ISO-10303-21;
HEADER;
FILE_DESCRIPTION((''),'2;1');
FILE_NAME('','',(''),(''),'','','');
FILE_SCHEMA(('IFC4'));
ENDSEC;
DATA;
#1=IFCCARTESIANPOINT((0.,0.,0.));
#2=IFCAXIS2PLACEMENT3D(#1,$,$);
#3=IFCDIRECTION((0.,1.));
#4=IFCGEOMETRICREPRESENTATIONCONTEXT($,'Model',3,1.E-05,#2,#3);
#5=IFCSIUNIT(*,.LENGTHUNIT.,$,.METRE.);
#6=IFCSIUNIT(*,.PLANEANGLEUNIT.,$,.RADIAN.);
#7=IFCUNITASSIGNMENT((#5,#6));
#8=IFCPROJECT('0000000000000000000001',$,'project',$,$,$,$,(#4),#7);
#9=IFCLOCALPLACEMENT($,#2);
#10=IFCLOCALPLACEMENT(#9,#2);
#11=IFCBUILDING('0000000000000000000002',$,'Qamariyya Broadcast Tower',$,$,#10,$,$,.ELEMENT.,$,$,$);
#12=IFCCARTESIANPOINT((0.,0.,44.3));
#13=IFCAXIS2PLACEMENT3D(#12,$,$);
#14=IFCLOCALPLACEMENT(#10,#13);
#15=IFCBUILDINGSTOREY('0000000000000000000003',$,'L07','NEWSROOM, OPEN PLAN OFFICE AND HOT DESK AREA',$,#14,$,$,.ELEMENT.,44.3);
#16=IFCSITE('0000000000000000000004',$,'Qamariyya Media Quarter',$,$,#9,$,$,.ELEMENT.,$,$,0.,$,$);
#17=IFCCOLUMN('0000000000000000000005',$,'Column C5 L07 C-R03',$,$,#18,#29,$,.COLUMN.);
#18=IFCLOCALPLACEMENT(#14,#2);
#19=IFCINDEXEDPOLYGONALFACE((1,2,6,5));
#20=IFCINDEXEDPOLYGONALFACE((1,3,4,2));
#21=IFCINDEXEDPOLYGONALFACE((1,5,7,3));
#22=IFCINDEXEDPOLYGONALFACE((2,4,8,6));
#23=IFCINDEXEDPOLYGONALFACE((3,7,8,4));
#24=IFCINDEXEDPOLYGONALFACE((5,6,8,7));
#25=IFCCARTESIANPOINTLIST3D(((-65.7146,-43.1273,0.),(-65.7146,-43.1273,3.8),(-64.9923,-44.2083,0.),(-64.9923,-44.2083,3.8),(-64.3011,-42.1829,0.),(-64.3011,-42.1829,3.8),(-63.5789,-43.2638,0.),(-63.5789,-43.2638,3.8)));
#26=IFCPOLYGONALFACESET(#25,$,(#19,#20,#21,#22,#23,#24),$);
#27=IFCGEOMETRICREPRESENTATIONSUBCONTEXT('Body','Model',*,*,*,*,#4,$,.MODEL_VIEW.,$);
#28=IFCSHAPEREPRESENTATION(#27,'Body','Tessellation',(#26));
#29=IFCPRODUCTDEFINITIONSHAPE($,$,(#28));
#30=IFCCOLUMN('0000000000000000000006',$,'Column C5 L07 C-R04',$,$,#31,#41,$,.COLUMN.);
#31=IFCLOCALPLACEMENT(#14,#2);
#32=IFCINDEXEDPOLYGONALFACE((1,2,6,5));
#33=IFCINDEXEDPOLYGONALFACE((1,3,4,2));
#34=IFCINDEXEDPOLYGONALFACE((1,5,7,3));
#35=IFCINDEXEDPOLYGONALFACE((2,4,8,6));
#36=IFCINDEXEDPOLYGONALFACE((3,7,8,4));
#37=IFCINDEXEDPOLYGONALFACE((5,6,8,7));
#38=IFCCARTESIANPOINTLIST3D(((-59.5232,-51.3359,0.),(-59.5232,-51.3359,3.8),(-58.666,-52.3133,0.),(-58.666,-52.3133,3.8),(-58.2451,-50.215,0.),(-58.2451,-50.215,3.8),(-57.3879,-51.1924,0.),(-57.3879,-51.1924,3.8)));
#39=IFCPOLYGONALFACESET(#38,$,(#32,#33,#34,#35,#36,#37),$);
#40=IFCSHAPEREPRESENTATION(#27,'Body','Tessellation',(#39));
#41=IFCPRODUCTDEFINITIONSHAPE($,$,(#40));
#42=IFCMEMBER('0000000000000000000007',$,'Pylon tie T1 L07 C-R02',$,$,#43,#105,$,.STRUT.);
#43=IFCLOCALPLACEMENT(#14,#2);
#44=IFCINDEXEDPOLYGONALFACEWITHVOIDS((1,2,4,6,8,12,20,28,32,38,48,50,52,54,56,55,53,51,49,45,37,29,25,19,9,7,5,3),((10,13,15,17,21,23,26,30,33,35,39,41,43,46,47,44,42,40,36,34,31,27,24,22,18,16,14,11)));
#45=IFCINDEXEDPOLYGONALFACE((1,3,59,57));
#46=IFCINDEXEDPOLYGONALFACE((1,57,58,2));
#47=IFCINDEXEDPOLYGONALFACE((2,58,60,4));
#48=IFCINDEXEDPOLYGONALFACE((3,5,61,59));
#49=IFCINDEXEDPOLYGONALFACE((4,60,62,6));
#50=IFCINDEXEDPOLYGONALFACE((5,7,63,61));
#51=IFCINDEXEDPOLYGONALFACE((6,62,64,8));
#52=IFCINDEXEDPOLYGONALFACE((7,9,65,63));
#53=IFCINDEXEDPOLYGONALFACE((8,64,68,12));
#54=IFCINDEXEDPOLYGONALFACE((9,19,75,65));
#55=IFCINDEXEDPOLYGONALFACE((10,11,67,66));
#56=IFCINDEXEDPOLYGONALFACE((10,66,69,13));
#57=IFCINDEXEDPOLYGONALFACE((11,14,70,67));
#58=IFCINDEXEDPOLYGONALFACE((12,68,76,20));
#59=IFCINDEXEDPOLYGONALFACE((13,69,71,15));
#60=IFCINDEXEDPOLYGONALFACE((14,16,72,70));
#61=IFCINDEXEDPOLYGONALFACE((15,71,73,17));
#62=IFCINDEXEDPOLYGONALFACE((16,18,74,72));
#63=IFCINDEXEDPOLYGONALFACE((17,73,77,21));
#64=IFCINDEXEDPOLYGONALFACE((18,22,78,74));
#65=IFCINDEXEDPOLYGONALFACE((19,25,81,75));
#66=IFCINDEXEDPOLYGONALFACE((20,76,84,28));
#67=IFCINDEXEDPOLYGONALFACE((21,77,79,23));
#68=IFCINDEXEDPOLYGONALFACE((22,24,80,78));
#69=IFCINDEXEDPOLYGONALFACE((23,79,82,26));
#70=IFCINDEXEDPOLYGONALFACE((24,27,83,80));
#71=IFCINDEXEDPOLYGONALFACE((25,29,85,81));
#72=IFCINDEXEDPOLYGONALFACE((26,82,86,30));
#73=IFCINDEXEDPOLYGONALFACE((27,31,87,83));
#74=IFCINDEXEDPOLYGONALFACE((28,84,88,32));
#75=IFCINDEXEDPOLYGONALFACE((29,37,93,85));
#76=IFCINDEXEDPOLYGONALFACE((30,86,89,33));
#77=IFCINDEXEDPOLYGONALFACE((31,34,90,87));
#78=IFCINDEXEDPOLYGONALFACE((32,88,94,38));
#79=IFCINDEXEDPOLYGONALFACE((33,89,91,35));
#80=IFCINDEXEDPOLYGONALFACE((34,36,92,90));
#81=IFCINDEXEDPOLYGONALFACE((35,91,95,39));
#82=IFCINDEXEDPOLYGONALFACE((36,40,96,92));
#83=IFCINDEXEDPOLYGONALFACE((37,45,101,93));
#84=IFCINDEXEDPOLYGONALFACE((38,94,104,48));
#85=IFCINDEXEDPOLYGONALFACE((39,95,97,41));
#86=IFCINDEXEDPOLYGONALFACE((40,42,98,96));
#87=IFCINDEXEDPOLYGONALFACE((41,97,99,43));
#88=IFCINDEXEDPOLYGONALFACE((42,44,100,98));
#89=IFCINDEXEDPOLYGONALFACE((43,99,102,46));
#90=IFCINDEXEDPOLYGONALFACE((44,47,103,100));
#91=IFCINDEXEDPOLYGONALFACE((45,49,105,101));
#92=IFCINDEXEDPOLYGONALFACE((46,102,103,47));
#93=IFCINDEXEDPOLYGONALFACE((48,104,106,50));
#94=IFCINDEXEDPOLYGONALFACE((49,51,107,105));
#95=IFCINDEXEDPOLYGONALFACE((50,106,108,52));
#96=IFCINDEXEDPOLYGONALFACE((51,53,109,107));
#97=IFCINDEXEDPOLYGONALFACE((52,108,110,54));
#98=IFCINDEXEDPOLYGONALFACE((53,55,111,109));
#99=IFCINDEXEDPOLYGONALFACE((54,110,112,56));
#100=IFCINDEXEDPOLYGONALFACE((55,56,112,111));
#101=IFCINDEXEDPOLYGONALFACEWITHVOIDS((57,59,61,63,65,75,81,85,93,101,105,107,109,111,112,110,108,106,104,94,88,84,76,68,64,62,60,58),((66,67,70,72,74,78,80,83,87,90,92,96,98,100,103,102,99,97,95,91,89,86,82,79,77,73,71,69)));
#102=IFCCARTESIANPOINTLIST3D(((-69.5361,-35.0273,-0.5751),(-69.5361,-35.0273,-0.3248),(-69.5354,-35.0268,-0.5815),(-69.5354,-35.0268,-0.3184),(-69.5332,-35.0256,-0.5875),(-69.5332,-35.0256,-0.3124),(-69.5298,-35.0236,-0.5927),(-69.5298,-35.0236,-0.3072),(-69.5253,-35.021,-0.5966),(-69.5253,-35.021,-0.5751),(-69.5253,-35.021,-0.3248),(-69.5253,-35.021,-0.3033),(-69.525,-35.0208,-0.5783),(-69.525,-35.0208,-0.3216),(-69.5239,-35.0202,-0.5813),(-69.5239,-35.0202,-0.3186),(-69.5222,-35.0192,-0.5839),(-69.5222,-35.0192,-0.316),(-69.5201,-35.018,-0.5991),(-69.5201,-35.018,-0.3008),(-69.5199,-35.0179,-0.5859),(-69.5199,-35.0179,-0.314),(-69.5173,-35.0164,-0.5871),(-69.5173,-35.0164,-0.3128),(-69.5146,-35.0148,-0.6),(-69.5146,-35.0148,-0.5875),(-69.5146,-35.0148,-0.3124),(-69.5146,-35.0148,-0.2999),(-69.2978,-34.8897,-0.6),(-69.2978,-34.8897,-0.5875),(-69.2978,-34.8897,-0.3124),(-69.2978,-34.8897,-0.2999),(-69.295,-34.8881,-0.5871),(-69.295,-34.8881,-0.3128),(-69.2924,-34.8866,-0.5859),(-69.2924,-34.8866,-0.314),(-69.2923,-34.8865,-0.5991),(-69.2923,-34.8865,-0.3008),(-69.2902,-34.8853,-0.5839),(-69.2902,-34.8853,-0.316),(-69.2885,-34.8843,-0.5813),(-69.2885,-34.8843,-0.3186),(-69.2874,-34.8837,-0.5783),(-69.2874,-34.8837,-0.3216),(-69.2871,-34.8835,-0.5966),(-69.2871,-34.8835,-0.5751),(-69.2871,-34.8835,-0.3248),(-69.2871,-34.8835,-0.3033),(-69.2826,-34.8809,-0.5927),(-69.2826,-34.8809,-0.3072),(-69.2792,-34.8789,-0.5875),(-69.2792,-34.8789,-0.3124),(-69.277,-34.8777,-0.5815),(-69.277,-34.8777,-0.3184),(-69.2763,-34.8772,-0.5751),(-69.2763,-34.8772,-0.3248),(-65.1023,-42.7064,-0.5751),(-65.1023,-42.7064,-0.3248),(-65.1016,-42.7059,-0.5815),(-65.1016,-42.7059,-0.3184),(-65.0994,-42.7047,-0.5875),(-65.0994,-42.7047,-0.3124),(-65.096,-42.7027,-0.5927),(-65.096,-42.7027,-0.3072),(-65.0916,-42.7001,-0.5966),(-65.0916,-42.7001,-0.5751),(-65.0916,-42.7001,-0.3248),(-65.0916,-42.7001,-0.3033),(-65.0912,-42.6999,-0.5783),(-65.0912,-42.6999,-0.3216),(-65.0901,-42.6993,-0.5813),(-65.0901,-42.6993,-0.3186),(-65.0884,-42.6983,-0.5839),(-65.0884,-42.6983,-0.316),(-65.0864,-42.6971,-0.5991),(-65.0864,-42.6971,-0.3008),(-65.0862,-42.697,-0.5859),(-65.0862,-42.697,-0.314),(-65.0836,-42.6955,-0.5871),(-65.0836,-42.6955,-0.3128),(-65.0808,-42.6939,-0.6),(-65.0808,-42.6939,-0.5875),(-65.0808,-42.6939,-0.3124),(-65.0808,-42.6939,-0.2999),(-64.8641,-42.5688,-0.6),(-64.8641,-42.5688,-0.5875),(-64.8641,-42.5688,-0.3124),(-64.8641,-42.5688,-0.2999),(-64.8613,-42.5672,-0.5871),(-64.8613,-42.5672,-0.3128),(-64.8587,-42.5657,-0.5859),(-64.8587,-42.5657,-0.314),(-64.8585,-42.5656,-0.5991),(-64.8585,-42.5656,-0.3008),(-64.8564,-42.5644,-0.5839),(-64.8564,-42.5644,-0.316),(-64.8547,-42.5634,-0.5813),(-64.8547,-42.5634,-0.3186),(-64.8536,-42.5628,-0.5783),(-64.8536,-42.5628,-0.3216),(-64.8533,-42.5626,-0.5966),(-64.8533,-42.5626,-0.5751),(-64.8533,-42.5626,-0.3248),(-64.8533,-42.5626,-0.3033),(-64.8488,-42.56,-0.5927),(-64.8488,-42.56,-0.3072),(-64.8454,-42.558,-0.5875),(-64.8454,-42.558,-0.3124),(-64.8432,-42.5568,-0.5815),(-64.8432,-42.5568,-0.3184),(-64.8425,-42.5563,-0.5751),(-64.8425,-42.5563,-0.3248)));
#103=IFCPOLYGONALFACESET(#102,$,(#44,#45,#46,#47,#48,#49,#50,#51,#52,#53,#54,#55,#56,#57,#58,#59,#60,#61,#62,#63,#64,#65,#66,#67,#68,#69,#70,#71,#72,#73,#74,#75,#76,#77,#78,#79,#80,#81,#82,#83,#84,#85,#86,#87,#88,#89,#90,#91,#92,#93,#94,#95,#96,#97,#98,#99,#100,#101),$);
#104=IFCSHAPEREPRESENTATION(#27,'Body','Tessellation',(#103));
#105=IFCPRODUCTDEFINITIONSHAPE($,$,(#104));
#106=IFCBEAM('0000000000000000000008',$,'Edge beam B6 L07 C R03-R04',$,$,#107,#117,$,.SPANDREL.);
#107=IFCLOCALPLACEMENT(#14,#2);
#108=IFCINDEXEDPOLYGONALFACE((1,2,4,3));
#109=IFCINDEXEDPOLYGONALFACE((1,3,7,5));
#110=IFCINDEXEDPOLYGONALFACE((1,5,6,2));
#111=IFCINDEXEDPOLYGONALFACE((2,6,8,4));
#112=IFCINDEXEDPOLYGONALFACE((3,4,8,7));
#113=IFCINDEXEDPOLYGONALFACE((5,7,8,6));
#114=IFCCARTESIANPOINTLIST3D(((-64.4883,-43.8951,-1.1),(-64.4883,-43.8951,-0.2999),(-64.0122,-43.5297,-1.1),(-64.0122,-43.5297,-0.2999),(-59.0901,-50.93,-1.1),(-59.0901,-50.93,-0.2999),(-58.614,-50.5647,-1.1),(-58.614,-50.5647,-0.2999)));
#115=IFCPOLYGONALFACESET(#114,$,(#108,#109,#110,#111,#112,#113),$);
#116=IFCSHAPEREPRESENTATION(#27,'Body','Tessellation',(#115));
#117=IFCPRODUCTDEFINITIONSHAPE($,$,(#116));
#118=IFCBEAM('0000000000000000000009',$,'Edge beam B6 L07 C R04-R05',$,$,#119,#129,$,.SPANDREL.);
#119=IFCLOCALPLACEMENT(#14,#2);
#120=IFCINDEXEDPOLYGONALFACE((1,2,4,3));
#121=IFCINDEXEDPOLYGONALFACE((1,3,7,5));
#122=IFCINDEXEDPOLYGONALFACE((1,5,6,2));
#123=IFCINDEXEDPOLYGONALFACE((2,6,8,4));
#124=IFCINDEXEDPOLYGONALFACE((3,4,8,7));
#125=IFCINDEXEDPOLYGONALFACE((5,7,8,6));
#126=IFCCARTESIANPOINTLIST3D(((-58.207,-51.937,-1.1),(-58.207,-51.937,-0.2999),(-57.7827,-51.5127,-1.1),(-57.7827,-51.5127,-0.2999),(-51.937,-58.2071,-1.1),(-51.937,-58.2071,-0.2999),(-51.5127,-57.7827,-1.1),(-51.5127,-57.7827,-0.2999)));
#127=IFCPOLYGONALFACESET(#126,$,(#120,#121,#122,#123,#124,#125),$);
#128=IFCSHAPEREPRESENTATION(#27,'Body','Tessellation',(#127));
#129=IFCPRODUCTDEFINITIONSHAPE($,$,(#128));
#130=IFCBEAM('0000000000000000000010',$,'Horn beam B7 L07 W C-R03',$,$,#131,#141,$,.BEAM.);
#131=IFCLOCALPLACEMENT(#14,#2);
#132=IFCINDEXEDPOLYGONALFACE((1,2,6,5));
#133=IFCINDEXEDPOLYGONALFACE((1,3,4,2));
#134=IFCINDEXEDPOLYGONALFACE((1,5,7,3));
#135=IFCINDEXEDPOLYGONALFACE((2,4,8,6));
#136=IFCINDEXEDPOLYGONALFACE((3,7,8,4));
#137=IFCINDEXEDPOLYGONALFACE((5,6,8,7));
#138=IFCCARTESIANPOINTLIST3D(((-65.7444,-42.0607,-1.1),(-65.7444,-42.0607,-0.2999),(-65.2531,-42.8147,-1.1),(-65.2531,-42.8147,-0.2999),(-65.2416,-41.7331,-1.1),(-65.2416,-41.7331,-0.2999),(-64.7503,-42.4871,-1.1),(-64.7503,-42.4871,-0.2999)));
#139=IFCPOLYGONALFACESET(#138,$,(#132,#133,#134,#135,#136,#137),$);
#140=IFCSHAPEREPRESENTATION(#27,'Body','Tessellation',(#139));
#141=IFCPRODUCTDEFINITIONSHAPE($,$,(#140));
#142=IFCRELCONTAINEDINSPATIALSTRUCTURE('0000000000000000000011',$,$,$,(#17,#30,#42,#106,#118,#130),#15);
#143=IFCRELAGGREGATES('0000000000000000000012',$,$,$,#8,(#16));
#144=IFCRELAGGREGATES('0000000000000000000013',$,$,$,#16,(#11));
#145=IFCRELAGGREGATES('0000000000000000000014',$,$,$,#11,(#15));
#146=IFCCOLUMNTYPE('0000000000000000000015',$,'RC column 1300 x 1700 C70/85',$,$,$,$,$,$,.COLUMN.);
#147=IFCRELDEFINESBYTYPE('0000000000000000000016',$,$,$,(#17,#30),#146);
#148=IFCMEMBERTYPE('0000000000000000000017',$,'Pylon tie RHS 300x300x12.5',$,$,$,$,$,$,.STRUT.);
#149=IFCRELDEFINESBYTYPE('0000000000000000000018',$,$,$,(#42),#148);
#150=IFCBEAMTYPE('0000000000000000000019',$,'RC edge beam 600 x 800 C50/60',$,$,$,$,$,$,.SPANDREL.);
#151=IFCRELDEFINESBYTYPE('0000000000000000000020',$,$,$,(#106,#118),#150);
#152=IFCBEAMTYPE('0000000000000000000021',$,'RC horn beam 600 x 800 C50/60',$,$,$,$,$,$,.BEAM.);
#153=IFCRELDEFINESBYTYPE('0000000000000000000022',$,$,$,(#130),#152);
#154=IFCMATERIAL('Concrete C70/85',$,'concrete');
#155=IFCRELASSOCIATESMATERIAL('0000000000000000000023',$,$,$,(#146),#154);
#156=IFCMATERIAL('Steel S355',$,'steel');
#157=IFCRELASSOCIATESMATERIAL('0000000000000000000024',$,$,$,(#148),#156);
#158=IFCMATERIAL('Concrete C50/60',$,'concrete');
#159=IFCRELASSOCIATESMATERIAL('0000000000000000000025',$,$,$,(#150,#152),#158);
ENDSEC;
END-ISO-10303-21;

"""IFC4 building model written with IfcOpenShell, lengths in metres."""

from ifc_helpers import new_model, si_unit, direction, frame, origin, origin_2d, place, context, subcontext, project, spatial, rectangle, hollow_rectangle, extrude, material, material_profile, profile_set, type_object, element, save


model = new_model("IFC4")

# Units and contexts
model_context = context("Model", 3, precision=1e-05, world=origin(), true_north=direction((0.0, 1.0)))
body_context = subcontext(model_context, "Body", "Model", "MODEL_VIEW")
ifc_project = project(units=[si_unit("LENGTHUNIT", "METRE"), si_unit("PLANEANGLEUNIT", "RADIAN")], contexts=[model_context])

# Site, building, storey
site_placement = place(None, origin())
site = spatial("IfcSite", under=ifc_project, at=site_placement, Name="Qamariyya Media Quarter", CompositionType="ELEMENT", RefElevation=0.0)
building_placement = place(site_placement, origin())
building = spatial("IfcBuilding", under=site, at=building_placement, Name="Qamariyya Broadcast Tower", CompositionType="ELEMENT")
storey_placement = place(building_placement, frame((0.0, 0.0, 44.3)))
storey = spatial("IfcBuildingStorey", under=building, at=storey_placement, Name="L07", Description="NEWSROOM, OPEN PLAN OFFICE AND HOT DESK AREA", CompositionType="ELEMENT", Elevation=44.3)

# Columns
ifc_material_1 = material(Name="Concrete C70/85", Category="concrete")
ifc_material_profile_1 = material_profile(ifc_material_1, rectangle(XDim=1.3, YDim=1.7, at=origin_2d()))
ifc_profile_set_1 = profile_set([ifc_material_profile_1], Name="Concrete C70/85")
column_type = type_object("IfcColumnType", Name="RC column 1300 x 1700 C70/85", PredefinedType="COLUMN", material=ifc_profile_set_1)
for number, where, z_axis, x_axis, name in (
    (1, (-64.6467, -43.1956, 0.0), (0.0, 0.0, 1.0), (0.55557, -0.83147, 0.0), "Column C5 L07 C-R03"),
    (2, (-58.4556, -51.2642, 0.0), (0.0, 0.0, 1.0), (0.659346, -0.75184, 0.0), "Column C5 L07 C-R04"),
):
    element("IfcColumn", number, at=place(storey_placement, frame(where, z_axis=z_axis, x_axis=x_axis)), inside=storey, type_object=column_type, Name=name, PredefinedType="COLUMN", context=body_context, shape_type="SweptSolid", body=[
        extrude(rectangle(XDim=1.3, YDim=1.7, at=origin_2d()), origin(), (0.0, 0.0, 1.0), 3.8),
    ])

# Member
ifc_material_2 = material(Name="Steel S355", Category="steel")
ifc_material_profile_2 = material_profile(ifc_material_2, hollow_rectangle(XDim=0.3, YDim=0.3, WallThickness=0.0125, InnerFilletRadius=0.0125, OuterFilletRadius=0.0249, at=origin_2d()))
ifc_profile_set_2 = profile_set([ifc_material_profile_2], Name="Steel S355")
member_type = type_object("IfcMemberType", Name="Pylon tie RHS 300x300x12.5", PredefinedType="STRUT", material=ifc_profile_set_2)
member_placement = place(storey_placement, frame((-64.9724, -42.6313, -0.45), z_axis=(-0.500021, 0.866013, 0.0), x_axis=(-0.866013, -0.500021, 0.0)))
element("IfcMember", 3, at=member_placement, inside=storey, type_object=member_type, Name="Pylon tie T1 L07 C-R02", PredefinedType="STRUT", context=body_context, shape_type="SweptSolid", body=[
    extrude(hollow_rectangle(XDim=0.3, YDim=0.3, WallThickness=0.0125, InnerFilletRadius=0.0125, OuterFilletRadius=0.0249, at=origin_2d()), origin(), (0.0, 0.0, 1.0), 8.8672),
])

# Beams
ifc_material_3 = material(Name="Concrete C50/60", Category="concrete")
ifc_material_profile_3 = material_profile(ifc_material_3, rectangle(XDim=0.6001, YDim=0.8, at=origin_2d()))
ifc_profile_set_3 = profile_set([ifc_material_profile_3], Name="Concrete C50/60")
beam_type_1 = type_object("IfcBeamType", Name="RC edge beam 600 x 800 C50/60", PredefinedType="SPANDREL", material=ifc_profile_set_3)
beam_1_placement = place(storey_placement, frame((-64.2502, -43.7124, -0.7), z_axis=(0.60877, -0.793347, 0.0), x_axis=(0.793347, 0.60877, 0.0)))
element("IfcBeam", 4, at=beam_1_placement, inside=storey, type_object=beam_type_1, Name="Edge beam B6 L07 C R03-R04", PredefinedType="SPANDREL", context=body_context, shape_type="SweptSolid", body=[
    extrude(rectangle(XDim=0.6001, YDim=0.8, at=origin_2d()), origin(), (0.0, 0.0, 1.0), 8.8674),
])
beam_2_placement = place(storey_placement, frame((-57.9949, -51.7249, -0.7), z_axis=(0.707107, -0.707107, 0.0), x_axis=(0.707107, 0.707107, 0.0)))
element("IfcBeam", 5, at=beam_2_placement, inside=storey, type_object=beam_type_1, Name="Edge beam B6 L07 C R04-R05", PredefinedType="SPANDREL", context=body_context, shape_type="SweptSolid", body=[
    extrude(rectangle(XDim=0.6001, YDim=0.8, at=origin_2d()), origin(), (0.0, 0.0, 1.0), 8.8672),
])
ifc_material_profile_4 = material_profile(ifc_material_3, rectangle(XDim=0.6001, YDim=0.8, at=origin_2d()))
ifc_profile_set_4 = profile_set([ifc_material_profile_4], Name="Concrete C50/60")
beam_type_2 = type_object("IfcBeamType", Name="RC horn beam 600 x 800 C50/60", PredefinedType="BEAM", material=ifc_profile_set_4)
beam_3_placement = place(storey_placement, frame((-65.0017, -42.6509, -0.7), z_axis=(-0.545904, 0.837848, 0.0), x_axis=(-0.837848, -0.545904, 0.0)))
element("IfcBeam", 6, at=beam_3_placement, inside=storey, type_object=beam_type_2, Name="Horn beam B7 L07 W C-R03", PredefinedType="BEAM", context=body_context, shape_type="SweptSolid", body=[
    extrude(rectangle(XDim=0.6001, YDim=0.8, at=origin_2d()), origin(), (0.0, 0.0, 1.0), 0.8999),
])

save(model, "model.ifc")
